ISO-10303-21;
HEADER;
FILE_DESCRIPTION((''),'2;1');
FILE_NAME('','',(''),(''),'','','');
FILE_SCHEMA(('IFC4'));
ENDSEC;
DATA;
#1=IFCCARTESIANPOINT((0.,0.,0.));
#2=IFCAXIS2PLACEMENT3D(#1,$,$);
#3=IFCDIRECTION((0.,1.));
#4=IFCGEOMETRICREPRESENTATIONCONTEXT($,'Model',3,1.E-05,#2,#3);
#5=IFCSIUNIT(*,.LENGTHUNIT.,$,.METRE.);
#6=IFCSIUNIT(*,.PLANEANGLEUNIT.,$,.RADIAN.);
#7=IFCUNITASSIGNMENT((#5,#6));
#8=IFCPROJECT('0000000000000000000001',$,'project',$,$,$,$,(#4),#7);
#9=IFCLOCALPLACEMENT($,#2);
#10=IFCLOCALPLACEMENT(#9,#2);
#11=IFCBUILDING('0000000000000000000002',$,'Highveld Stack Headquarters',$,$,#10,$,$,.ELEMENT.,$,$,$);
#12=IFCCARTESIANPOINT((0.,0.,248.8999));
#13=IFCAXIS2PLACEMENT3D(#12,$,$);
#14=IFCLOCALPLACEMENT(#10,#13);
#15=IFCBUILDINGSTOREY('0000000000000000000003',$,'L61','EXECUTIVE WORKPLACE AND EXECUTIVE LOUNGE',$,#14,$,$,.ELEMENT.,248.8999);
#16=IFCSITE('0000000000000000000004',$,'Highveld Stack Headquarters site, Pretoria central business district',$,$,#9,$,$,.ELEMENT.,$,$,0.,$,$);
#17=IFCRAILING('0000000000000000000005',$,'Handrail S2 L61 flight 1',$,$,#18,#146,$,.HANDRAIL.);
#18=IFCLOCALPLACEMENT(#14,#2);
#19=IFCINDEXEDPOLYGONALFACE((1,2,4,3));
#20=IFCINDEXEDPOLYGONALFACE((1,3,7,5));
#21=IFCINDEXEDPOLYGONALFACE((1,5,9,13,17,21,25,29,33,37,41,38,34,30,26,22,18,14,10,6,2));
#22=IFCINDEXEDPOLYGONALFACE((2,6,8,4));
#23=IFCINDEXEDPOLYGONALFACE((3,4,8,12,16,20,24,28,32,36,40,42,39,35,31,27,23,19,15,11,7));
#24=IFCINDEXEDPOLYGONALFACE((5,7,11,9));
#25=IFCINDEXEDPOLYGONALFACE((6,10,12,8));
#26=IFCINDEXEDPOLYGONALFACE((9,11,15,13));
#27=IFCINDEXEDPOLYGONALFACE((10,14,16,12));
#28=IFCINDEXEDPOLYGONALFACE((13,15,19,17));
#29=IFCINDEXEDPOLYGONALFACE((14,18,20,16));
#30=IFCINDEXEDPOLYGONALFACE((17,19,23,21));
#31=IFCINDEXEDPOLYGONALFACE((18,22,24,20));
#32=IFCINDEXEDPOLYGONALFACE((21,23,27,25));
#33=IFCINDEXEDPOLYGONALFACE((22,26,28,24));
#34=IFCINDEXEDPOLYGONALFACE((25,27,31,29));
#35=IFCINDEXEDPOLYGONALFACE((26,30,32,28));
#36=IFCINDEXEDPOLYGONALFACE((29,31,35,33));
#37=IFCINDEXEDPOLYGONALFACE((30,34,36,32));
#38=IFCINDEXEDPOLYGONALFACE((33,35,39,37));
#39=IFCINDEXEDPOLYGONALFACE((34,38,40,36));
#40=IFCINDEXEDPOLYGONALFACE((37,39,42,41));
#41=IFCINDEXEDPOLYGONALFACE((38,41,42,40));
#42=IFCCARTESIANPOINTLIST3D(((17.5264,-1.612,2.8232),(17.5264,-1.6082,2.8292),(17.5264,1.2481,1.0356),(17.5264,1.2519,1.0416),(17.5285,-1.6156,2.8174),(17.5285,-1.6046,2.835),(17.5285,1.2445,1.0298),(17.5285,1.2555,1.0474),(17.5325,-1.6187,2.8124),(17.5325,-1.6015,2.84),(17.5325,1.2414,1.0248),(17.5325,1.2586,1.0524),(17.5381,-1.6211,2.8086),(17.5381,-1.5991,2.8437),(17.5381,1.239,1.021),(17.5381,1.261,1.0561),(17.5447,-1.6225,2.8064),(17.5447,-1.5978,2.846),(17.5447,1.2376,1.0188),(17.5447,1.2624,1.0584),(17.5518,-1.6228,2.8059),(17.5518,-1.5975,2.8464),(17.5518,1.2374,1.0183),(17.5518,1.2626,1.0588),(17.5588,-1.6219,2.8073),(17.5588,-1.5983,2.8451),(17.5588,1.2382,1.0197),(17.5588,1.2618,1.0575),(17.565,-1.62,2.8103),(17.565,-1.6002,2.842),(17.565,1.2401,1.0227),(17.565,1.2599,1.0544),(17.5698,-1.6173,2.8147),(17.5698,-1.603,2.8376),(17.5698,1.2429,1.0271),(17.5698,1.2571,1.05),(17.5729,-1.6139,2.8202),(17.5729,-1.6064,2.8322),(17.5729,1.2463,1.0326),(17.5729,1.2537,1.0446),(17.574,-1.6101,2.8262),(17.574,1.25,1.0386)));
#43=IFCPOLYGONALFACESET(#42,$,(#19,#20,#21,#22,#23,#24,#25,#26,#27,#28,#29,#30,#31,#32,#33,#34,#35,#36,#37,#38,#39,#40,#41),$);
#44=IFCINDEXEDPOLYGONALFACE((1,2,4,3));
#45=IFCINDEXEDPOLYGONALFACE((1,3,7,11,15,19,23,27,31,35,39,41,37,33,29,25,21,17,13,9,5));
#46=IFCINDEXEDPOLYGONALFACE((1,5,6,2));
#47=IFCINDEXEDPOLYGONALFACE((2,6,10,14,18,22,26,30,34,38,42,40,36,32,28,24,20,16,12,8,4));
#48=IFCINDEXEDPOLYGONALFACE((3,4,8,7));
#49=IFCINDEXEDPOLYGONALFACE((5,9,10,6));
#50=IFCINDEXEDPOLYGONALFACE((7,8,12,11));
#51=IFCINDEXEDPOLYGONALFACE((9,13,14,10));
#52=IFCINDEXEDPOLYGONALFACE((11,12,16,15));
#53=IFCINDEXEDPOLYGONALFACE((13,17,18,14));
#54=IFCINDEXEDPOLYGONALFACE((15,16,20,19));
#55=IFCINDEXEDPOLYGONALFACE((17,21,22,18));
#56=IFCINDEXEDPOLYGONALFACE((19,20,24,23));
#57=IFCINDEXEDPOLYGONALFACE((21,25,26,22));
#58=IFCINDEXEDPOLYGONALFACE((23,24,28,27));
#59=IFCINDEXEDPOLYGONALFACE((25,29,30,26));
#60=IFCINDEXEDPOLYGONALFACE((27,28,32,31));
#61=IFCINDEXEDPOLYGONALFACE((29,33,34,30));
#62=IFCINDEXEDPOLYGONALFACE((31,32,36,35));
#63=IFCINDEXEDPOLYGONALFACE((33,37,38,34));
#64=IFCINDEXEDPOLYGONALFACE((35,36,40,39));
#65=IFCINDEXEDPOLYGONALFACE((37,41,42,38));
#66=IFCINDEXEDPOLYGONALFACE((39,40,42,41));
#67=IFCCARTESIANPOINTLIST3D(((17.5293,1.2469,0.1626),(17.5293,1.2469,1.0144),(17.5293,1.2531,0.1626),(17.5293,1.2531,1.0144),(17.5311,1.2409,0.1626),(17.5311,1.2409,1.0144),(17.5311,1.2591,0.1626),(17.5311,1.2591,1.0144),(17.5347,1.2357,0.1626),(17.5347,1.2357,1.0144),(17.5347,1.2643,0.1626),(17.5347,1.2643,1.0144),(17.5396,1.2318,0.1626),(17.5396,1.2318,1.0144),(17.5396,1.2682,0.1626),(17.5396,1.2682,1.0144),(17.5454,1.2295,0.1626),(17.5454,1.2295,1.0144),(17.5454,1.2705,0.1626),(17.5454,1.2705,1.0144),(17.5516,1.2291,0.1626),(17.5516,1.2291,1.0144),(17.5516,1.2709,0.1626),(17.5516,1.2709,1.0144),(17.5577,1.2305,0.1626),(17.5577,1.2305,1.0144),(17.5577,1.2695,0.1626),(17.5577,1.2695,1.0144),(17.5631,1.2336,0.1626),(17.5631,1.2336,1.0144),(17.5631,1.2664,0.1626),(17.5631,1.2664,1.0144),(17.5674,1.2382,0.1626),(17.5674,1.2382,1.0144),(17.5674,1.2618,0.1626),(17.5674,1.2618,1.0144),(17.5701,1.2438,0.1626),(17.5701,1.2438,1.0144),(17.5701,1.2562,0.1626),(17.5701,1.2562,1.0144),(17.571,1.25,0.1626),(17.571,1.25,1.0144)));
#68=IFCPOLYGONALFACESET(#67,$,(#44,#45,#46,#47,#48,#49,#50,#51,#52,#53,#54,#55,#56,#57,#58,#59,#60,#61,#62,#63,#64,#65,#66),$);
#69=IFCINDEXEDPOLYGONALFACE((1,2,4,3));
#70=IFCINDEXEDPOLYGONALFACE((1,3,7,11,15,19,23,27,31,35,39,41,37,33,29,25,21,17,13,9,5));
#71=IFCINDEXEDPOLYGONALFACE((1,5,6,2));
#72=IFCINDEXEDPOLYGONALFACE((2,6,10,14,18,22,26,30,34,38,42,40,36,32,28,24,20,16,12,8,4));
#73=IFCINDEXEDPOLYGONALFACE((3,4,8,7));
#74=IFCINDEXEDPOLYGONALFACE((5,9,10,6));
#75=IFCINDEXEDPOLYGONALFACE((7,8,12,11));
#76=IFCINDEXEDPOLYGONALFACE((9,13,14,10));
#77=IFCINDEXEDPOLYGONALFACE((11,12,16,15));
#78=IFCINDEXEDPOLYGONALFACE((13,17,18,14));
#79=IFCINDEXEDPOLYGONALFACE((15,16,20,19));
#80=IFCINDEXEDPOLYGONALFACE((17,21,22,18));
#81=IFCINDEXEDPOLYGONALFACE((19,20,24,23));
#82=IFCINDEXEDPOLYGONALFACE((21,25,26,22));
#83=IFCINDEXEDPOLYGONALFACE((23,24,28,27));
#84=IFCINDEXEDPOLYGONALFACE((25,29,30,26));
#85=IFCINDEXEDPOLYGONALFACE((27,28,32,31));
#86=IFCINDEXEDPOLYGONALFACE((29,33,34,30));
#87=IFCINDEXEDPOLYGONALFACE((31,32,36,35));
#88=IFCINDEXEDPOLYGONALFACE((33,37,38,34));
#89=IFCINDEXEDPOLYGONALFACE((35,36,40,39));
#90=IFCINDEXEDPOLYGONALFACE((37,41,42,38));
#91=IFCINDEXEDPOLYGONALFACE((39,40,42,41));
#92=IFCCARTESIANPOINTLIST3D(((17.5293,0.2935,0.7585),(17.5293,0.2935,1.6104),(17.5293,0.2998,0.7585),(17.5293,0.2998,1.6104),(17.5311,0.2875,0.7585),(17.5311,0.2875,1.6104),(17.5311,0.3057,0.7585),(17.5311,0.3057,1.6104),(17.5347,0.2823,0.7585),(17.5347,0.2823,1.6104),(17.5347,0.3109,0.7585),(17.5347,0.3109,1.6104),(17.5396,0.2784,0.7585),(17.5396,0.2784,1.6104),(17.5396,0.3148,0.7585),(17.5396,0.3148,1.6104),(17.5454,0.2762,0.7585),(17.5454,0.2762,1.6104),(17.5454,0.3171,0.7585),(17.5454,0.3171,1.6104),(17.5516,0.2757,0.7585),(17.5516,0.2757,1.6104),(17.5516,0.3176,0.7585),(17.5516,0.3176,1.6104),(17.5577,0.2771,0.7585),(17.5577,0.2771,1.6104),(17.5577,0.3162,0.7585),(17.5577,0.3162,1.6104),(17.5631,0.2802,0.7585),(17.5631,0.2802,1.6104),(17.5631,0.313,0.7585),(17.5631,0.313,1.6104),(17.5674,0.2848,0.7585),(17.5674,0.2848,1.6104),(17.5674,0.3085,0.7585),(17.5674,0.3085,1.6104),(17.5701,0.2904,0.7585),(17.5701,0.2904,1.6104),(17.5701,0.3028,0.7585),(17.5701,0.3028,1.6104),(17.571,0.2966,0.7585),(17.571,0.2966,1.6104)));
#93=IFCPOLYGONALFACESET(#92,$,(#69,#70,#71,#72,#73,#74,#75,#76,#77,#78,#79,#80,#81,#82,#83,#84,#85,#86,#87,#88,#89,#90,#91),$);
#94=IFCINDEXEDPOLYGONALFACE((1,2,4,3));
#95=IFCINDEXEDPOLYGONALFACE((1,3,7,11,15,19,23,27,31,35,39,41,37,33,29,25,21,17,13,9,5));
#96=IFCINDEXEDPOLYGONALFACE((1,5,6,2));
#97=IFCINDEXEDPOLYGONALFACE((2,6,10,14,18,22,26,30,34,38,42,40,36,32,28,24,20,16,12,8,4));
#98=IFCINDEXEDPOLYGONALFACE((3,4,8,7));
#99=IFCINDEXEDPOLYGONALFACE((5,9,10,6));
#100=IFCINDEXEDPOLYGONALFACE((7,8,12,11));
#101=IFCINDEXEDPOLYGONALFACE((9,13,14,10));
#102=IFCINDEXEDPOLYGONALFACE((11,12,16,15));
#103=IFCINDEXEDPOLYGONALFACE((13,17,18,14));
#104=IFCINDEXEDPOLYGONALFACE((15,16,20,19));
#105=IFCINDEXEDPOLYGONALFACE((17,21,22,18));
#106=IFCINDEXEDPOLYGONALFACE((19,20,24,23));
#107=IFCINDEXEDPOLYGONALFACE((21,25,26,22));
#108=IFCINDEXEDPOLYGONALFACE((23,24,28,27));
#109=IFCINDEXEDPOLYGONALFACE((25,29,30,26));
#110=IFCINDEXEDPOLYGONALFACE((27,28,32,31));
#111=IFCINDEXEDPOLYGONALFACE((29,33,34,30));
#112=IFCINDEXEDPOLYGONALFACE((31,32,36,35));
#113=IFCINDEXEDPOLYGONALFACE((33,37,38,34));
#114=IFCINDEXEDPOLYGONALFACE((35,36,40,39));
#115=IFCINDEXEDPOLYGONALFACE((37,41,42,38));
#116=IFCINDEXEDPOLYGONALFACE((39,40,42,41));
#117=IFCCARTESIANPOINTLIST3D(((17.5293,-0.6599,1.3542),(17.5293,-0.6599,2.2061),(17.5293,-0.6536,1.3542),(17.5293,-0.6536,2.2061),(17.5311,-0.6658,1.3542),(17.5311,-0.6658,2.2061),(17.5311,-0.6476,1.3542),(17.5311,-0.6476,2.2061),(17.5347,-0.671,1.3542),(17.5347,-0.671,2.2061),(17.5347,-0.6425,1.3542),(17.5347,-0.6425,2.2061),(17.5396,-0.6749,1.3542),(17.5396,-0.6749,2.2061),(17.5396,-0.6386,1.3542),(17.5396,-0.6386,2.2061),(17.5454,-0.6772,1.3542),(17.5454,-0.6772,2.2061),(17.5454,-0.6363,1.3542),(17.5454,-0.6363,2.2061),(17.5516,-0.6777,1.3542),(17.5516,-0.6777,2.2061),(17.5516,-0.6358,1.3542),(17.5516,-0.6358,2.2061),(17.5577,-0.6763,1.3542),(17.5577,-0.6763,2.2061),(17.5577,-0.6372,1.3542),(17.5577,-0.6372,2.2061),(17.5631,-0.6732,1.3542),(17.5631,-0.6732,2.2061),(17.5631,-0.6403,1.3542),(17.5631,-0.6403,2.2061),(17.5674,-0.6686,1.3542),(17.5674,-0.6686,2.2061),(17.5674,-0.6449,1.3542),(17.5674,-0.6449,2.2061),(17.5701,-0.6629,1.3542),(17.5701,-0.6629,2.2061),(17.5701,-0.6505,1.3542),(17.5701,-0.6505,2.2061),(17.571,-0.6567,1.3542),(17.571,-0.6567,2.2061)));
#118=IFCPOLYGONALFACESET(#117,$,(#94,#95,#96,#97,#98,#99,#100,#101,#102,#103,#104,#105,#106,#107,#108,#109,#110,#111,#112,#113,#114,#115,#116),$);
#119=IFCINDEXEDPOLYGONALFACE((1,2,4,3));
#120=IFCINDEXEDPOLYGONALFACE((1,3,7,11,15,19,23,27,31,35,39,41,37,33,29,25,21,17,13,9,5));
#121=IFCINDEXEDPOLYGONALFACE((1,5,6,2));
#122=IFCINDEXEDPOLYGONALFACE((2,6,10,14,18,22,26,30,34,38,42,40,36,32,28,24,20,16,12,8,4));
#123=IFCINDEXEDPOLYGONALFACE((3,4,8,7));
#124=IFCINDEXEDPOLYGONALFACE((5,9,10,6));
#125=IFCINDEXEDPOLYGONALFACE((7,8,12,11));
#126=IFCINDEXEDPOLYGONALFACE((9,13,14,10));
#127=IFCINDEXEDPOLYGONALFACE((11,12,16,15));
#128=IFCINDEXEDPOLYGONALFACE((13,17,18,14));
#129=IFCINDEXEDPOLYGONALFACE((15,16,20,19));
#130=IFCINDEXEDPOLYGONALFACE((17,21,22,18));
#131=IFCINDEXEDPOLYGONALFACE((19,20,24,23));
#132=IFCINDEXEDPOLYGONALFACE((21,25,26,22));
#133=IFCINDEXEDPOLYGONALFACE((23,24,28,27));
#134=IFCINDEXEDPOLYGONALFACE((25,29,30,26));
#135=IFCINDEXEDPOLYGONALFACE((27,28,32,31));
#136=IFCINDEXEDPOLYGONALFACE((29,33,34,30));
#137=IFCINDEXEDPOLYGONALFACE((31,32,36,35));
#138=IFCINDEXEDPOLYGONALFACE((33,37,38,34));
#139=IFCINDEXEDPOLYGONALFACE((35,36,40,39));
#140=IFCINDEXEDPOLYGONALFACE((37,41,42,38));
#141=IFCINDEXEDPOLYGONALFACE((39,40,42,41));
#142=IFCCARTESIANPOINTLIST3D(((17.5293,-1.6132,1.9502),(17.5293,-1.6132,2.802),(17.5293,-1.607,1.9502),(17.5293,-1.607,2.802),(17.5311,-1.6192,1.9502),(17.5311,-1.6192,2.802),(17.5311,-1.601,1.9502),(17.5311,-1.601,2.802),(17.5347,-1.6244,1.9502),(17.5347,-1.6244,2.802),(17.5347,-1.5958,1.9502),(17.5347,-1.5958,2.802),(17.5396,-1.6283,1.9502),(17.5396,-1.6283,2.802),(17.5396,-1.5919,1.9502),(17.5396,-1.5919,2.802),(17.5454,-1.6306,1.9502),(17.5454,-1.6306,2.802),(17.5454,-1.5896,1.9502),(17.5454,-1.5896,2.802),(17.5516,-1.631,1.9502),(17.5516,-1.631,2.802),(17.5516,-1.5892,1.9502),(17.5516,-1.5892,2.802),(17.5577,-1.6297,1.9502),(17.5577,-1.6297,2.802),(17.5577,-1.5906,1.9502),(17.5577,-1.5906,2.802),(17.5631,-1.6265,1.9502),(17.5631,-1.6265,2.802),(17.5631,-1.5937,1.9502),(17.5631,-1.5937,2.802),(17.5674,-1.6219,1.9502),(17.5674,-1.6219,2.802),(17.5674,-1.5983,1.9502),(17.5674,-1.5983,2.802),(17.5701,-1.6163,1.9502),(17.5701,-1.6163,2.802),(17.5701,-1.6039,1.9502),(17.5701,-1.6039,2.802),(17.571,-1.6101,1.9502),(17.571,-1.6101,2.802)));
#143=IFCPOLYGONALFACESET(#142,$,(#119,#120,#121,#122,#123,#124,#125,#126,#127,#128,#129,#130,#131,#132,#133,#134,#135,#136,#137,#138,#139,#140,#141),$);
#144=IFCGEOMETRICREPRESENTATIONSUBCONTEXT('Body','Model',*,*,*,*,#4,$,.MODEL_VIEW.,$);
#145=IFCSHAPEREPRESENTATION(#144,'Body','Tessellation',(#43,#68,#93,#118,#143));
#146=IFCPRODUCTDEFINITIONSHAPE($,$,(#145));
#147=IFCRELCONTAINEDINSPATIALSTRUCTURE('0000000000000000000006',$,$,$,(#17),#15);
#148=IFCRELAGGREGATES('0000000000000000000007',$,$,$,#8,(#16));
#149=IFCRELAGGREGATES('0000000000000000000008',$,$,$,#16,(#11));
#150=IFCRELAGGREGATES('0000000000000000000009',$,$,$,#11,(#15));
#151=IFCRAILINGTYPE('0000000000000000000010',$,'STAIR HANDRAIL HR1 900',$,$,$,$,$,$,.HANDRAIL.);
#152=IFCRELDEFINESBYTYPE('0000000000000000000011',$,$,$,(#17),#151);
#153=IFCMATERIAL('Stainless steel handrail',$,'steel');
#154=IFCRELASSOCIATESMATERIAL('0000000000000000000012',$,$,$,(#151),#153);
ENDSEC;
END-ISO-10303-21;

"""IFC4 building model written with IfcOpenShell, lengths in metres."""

from ifc_helpers import new_model, si_unit, direction, frame, origin, origin_2d, place, context, subcontext, project, spatial, circle, extrude, material, type_object, element, save


model = new_model("IFC4")

# Units and contexts
model_context = context("Model", 3, precision=1e-05, world=origin(), true_north=direction((0.0, 1.0)))
body_context = subcontext(model_context, "Body", "Model", "MODEL_VIEW")
ifc_project = project(units=[si_unit("LENGTHUNIT", "METRE"), si_unit("PLANEANGLEUNIT", "RADIAN")], contexts=[model_context])

# Site, building, storey
site_placement = place(None, origin())
site = spatial("IfcSite", under=ifc_project, at=site_placement, Name="Highveld Stack Headquarters site, Pretoria central business district", CompositionType="ELEMENT", RefElevation=0.0)
building_placement = place(site_placement, origin())
building = spatial("IfcBuilding", under=site, at=building_placement, Name="Highveld Stack Headquarters", CompositionType="ELEMENT")
storey_placement = place(building_placement, frame((0.0, 0.0, 248.8999)))
storey = spatial("IfcBuildingStorey", under=building, at=storey_placement, Name="L61", Description="EXECUTIVE WORKPLACE AND EXECUTIVE LOUNGE", CompositionType="ELEMENT", Elevation=248.8999)

# Railing
ifc_material_1 = material(Name="Stainless steel handrail", Category="steel")
railing_type = type_object("IfcRailingType", Name="STAIR HANDRAIL HR1 900", PredefinedType="HANDRAIL", material=ifc_material_1)
for number, where, name in (
    (1, (17.55, 1.25, 0.1626), "Handrail S2 L61 flight 1"),
):
    element("IfcRailing", number, at=place(storey_placement, frame(where)), inside=storey, type_object=railing_type, Name=name, PredefinedType="HANDRAIL", context=body_context, shape_type="SweptSolid", body=[
        extrude(circle(Radius=0.0239, at=origin_2d()), frame((0.0, 0.0, 0.876), z_axis=(0.0, -0.847994, 0.530005), x_axis=(1.0, 0.0, 0.0)), (0.0, 0.0, 1.0), 3.3728),
        extrude(circle(Radius=0.021, at=origin_2d()), origin(), (0.0, 0.0, 1.0), 0.8518),
        extrude(circle(Radius=0.021, at=origin_2d()), frame((0.0, -0.9534, 0.5959)), (0.0, 0.0, 1.0), 0.8518),
        extrude(circle(Radius=0.021, at=origin_2d()), frame((0.0, -1.9067, 1.1917)), (0.0, 0.0, 1.0), 0.8518),
        extrude(circle(Radius=0.021, at=origin_2d()), frame((0.0, -2.8601, 1.7876)), (0.0, 0.0, 1.0), 0.8518),
    ])

save(model, "model.ifc")
